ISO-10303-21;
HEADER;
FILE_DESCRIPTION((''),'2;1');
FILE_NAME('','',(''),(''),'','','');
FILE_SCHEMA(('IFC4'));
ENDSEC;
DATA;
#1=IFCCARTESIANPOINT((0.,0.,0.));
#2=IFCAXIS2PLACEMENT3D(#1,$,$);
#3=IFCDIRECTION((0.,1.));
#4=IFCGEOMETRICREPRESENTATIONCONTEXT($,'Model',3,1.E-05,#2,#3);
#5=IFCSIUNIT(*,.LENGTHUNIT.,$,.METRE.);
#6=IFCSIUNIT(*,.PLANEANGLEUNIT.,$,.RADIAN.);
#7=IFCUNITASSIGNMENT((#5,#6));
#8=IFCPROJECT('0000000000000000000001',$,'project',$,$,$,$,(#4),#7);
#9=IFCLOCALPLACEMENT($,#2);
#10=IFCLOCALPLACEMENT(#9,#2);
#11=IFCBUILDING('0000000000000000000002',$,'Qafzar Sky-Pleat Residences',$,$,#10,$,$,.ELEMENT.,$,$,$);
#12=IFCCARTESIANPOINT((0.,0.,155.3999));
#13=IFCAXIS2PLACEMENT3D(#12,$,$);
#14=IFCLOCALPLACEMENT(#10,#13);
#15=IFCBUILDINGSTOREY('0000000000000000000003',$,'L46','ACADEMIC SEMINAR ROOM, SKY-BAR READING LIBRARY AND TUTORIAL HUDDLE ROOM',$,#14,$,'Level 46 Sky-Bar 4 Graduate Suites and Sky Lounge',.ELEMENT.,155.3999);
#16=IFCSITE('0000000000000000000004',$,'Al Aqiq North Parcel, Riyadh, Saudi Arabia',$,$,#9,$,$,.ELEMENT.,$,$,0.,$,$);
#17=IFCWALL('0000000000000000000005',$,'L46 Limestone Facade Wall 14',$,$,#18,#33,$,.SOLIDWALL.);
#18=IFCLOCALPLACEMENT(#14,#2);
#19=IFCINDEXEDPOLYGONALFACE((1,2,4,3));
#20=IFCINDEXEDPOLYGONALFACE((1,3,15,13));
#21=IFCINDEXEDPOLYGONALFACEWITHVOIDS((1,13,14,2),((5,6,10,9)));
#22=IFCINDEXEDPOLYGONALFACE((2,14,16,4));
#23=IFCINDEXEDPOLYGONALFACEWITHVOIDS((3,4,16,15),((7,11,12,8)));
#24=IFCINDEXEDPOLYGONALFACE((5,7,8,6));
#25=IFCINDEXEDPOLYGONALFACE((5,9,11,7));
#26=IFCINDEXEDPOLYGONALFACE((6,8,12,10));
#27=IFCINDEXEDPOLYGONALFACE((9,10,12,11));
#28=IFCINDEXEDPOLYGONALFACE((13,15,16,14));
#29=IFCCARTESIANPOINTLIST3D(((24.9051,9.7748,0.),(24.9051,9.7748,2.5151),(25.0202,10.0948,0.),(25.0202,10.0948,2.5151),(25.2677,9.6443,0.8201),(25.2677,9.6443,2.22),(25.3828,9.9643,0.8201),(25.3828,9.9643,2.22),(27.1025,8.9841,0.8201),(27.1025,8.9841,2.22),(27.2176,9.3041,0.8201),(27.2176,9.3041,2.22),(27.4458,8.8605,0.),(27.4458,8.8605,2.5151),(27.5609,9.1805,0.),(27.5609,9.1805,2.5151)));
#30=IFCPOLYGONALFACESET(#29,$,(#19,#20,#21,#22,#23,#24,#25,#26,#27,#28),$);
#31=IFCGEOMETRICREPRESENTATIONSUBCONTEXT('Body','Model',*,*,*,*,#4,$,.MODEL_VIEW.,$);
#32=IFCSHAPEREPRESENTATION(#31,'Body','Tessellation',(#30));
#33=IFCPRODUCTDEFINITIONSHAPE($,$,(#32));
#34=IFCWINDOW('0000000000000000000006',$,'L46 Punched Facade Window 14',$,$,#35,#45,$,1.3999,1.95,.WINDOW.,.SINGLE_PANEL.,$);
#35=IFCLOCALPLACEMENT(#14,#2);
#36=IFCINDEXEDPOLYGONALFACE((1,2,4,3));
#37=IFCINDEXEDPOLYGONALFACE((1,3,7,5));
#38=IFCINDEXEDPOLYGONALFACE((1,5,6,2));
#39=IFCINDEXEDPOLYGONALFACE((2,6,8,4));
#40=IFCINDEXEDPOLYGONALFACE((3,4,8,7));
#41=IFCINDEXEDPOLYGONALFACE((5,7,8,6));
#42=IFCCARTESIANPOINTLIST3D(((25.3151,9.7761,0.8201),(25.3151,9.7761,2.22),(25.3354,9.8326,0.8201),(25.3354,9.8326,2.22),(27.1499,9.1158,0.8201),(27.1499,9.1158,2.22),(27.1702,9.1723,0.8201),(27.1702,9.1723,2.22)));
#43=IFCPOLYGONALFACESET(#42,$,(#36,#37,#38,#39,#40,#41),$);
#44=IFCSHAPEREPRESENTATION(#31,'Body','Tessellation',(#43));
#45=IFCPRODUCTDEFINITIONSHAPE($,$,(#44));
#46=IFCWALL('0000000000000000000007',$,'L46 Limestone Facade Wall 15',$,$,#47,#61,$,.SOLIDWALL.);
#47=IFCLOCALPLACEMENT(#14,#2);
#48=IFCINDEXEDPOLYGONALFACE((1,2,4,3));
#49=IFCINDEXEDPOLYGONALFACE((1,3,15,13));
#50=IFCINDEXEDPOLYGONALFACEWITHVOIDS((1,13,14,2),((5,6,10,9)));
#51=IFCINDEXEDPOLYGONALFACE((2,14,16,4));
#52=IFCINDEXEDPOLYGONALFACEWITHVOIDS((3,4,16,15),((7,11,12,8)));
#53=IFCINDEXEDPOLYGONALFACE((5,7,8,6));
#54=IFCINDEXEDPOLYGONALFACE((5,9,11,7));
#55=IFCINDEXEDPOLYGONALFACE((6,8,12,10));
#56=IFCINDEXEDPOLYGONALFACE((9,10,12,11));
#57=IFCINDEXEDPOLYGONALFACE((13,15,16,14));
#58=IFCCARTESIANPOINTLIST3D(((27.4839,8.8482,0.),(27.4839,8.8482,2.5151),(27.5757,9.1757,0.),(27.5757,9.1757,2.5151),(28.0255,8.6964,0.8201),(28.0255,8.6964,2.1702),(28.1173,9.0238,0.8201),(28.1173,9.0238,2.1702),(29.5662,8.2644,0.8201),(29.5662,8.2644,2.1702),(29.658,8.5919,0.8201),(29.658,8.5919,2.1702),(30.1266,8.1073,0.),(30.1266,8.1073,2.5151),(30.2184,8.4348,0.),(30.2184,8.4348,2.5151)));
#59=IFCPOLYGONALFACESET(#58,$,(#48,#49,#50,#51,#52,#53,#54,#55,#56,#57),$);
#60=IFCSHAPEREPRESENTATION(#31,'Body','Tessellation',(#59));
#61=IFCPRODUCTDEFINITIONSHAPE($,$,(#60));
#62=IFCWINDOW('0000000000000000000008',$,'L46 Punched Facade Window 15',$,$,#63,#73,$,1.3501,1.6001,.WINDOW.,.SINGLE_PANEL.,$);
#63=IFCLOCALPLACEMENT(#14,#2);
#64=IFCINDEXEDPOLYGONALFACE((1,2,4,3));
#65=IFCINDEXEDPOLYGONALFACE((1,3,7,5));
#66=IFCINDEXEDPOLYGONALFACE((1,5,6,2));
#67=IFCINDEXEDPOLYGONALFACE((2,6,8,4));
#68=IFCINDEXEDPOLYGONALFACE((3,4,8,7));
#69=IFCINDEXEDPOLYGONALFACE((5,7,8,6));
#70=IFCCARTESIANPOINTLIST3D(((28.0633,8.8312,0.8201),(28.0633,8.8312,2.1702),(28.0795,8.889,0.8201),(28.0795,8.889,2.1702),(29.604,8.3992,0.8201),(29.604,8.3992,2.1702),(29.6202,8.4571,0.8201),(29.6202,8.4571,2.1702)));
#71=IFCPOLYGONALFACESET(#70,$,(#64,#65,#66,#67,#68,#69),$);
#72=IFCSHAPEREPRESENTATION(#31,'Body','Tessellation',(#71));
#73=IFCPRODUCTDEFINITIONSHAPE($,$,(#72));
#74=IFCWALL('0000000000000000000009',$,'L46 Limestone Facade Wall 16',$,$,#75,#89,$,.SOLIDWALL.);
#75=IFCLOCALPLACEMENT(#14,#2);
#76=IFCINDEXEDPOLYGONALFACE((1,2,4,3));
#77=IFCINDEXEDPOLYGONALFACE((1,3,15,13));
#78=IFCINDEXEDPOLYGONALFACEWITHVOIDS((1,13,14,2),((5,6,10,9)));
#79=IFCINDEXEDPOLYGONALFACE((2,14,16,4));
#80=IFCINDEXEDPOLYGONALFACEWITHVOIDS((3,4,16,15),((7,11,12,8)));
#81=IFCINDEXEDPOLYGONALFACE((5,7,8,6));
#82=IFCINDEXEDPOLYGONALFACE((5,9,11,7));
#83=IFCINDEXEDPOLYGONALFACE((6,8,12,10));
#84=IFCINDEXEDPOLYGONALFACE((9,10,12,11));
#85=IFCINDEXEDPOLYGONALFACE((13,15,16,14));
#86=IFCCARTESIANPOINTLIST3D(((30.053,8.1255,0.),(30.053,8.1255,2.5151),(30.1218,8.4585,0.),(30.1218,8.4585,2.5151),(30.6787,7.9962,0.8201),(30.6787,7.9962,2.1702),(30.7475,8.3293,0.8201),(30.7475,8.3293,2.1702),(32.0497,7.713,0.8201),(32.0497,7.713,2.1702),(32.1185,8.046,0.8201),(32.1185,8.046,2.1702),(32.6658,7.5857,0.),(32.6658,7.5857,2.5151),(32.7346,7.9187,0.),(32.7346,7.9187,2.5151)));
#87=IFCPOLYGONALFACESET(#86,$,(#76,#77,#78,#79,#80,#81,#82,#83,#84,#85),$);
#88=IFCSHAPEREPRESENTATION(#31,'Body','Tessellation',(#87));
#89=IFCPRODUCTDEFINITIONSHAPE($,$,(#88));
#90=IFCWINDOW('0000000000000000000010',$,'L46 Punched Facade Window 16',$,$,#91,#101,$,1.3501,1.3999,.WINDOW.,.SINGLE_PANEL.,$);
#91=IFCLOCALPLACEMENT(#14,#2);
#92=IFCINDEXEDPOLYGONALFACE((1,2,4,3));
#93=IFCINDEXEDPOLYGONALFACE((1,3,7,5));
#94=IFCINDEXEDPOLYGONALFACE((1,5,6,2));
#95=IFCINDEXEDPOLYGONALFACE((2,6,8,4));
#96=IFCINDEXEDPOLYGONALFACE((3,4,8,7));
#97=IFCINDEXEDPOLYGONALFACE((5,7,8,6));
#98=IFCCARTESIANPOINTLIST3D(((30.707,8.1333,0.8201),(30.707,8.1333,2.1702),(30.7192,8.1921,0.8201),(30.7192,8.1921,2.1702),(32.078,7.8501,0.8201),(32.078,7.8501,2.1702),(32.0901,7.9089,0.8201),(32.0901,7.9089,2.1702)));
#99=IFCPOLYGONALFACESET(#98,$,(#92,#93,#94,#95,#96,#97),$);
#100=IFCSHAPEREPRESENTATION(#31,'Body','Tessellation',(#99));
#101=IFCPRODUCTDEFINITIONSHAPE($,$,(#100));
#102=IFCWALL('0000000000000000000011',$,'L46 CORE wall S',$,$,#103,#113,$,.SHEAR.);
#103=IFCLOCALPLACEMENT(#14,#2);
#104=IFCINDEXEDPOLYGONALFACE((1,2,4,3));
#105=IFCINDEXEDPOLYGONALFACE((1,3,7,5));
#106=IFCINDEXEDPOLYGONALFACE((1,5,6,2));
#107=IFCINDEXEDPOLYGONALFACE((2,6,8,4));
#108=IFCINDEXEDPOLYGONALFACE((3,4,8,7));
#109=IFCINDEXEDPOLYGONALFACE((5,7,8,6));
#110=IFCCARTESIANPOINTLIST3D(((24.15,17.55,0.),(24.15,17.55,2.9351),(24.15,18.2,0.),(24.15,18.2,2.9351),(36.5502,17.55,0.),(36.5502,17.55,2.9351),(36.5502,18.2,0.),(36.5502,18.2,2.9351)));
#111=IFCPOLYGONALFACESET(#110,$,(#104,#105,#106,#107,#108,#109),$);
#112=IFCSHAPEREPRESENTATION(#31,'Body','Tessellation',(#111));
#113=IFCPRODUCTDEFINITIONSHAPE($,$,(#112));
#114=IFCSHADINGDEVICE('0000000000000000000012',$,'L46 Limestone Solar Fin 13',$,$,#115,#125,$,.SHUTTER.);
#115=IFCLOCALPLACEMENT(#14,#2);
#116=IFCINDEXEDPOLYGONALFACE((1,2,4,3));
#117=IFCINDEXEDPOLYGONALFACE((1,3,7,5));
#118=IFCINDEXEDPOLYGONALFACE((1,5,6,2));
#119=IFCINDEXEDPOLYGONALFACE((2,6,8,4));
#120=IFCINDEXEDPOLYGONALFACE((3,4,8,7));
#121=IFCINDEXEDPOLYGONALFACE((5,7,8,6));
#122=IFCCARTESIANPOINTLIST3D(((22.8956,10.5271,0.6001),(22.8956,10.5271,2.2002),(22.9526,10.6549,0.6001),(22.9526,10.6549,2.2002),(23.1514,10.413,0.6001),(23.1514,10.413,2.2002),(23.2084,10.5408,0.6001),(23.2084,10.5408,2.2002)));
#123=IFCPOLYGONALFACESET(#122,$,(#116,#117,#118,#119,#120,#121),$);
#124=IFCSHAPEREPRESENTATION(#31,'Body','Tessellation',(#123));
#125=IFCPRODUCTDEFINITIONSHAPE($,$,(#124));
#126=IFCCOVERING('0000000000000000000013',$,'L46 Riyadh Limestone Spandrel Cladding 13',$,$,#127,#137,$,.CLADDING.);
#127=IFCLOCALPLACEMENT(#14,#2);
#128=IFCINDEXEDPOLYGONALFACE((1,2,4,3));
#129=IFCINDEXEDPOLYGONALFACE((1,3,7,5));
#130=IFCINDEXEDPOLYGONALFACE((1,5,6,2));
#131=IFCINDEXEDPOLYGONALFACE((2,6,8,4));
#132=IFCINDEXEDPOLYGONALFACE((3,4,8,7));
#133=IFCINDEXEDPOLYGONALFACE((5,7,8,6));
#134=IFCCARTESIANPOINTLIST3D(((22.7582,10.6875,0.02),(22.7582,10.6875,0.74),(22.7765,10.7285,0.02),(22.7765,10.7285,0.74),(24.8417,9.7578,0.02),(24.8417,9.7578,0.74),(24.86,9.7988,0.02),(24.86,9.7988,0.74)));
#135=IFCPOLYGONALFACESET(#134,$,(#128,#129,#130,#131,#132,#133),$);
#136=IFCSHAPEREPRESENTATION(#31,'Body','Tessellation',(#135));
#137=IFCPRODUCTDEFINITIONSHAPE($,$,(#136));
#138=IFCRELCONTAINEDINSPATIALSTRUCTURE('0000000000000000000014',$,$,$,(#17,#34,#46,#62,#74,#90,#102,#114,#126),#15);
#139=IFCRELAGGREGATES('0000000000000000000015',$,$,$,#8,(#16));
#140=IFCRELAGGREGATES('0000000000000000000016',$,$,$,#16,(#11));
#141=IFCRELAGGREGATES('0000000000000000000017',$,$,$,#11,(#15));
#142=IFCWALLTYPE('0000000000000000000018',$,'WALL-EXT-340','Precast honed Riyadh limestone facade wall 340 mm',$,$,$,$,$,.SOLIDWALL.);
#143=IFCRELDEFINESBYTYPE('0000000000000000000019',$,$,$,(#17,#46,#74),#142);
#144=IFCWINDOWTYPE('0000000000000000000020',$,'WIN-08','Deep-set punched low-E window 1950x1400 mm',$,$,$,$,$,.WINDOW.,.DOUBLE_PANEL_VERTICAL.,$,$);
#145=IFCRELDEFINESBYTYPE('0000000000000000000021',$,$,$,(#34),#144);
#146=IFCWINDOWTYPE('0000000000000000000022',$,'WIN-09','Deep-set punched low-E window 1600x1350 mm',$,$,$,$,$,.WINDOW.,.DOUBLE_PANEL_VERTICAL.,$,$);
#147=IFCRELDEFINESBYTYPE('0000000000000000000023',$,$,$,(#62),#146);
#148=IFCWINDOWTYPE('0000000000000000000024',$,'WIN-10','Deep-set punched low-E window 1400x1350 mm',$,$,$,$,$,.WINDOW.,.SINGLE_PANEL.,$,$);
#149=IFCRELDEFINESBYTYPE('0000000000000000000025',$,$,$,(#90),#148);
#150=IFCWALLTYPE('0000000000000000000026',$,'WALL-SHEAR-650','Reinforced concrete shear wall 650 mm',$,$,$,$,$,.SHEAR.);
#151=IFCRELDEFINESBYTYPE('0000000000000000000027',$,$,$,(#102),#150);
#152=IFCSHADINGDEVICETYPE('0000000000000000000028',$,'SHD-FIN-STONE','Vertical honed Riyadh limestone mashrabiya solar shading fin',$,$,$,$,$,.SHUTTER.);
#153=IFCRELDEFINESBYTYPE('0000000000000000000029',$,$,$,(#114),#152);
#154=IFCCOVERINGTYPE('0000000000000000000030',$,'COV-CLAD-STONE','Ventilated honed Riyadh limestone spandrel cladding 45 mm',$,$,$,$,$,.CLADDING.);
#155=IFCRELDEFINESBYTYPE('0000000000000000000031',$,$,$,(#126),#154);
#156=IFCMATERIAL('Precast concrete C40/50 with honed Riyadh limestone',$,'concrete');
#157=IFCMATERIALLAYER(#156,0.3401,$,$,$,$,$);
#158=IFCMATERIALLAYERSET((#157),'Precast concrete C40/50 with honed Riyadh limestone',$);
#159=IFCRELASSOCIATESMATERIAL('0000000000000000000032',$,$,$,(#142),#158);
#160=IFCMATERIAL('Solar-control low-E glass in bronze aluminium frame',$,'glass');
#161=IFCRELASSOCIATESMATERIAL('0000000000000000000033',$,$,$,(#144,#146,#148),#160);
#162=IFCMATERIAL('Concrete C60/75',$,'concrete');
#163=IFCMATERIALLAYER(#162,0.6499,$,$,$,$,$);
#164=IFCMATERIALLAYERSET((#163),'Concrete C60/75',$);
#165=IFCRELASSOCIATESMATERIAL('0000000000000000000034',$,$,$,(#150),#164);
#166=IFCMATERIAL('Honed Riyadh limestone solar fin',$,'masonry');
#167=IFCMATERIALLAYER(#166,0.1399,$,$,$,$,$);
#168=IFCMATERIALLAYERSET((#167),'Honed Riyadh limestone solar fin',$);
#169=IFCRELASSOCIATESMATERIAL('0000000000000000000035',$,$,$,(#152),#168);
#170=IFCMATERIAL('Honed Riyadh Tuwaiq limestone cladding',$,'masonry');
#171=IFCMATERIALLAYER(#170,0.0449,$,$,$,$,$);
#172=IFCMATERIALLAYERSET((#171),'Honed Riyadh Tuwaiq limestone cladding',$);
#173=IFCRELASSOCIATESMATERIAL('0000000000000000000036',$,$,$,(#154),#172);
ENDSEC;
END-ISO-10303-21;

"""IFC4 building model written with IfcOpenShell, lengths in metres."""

from ifc_helpers import new_model, si_unit, direction, frame, frame_2d, origin, origin_2d, place, context, subcontext, project, spatial, rectangle, extrude, source, transform, mapped, material, layer, layer_set, type_object, element, fill, save


model = new_model("IFC4")

# Units and contexts
model_context = context("Model", 3, precision=1e-05, world=origin(), true_north=direction((0.0, 1.0)))
body_context = subcontext(model_context, "Body", "Model", "MODEL_VIEW")
ifc_project = project(units=[si_unit("LENGTHUNIT", "METRE"), si_unit("PLANEANGLEUNIT", "RADIAN")], contexts=[model_context])

# Site, building, storey
site_placement = place(None, origin())
site = spatial("IfcSite", under=ifc_project, at=site_placement, Name="Al Aqiq North Parcel, Riyadh, Saudi Arabia", CompositionType="ELEMENT", RefElevation=0.0)
building_placement = place(site_placement, origin())
building = spatial("IfcBuilding", under=site, at=building_placement, Name="Qafzar Sky-Pleat Residences", CompositionType="ELEMENT")
storey_placement = place(building_placement, frame((0.0, 0.0, 155.3999)))
storey = spatial("IfcBuildingStorey", under=building, at=storey_placement, Name="L46", Description="ACADEMIC SEMINAR ROOM, SKY-BAR READING LIBRARY AND TUTORIAL HUDDLE ROOM", LongName="Level 46 Sky-Bar 4 Graduate Suites and Sky Lounge", CompositionType="ELEMENT", Elevation=155.3999)

# Shared definitions
ifc_material_1 = material(Name="Concrete C60/75", Category="concrete")

# Walls, openings, windows
ifc_material_2 = material(Name="Precast concrete C40/50 with honed Riyadh limestone", Category="concrete")
ifc_layer_1 = layer(ifc_material_2, 0.3401)
ifc_layer_set_1 = layer_set([ifc_layer_1], Name="Precast concrete C40/50 with honed Riyadh limestone")
wall_type_1 = type_object("IfcWallType", Name="WALL-EXT-340", Description="Precast honed Riyadh limestone facade wall 340 mm", PredefinedType="SOLIDWALL", material=ifc_layer_set_1)
ifc_material_3 = material(Name="Solar-control low-E glass in bronze aluminium frame", Category="glass")
wall_1_placement = place(storey_placement, frame((24.9626, 9.9348, 0.0), z_axis=(0.0, 0.0, 1.0), x_axis=(0.940931, -0.338598, 0.0)))
wall_1 = element("IfcWall", 1, at=wall_1_placement, inside=storey, type_object=wall_type_1, Name="L46 Limestone Facade Wall 14", PredefinedType="SOLIDWALL", context=body_context, shape_type="SweptSolid", body=[
    extrude(rectangle(XDim=2.7002, YDim=0.3401, at=frame_2d((1.3501, 0.0))), origin(), (0.0, 0.0, 1.0), 2.5151),
])
opening_1_placement = place(wall_1_placement, frame((0.3853, 0.0, 0.8201)))
opening_1 = element("IfcOpeningElement", 2, at=opening_1_placement, cuts=wall_1, PredefinedType="OPENING", context=body_context, shape_type="SweptSolid", body=[
    extrude(rectangle(XDim=1.95, YDim=1.3999, at=frame_2d((0.9751, 0.7))), frame((0.0, 0.1802, 0.0), z_axis=(0.0, -1.0, 0.0), x_axis=(1.0, 0.0, 0.0)), (0.0, 0.0, 1.0), 0.3601),
])
window_type_1 = type_object("IfcWindowType", Name="WIN-08", Description="Deep-set punched low-E window 1950x1400 mm", PartitioningType="DOUBLE_PANEL_VERTICAL", PredefinedType="WINDOW", material=ifc_material_3)
shared_shape_1 = source(origin(), body_context, "Body", "SweptSolid", [
    extrude(rectangle(XDim=1.95, YDim=1.3999, at=frame_2d((0.9751, 0.7))), frame((0.0, 0.03, 0.0), z_axis=(0.0, -1.0, 0.0), x_axis=(1.0, 0.0, 0.0)), (0.0, 0.0, 1.0), 0.0601),
])
window_1_placement = place(opening_1_placement, origin())
window_1 = element("IfcWindow", 3, at=window_1_placement, inside=storey, type_object=window_type_1, Name="L46 Punched Facade Window 14", OverallHeight=1.3999, OverallWidth=1.95, PartitioningType="SINGLE_PANEL", PredefinedType="WINDOW", context=body_context, shape_type="MappedRepresentation", body=[
    mapped(shared_shape_1, transform((0.0, 0.0, 0.0), x_axis=(1.0, 0.0, 0.0), y_axis=(0.0, 1.0, 0.0), z_axis=(0.0, 0.0, 1.0), scale=1.0)),
])
fill(opening_1, window_1)
wall_2_placement = place(storey_placement, frame((27.5298, 9.012, 0.0), z_axis=(0.0, 0.0, 1.0), x_axis=(0.962872, -0.26996, 0.0)))
wall_2 = element("IfcWall", 4, at=wall_2_placement, inside=storey, type_object=wall_type_1, Name="L46 Limestone Facade Wall 15", PredefinedType="SOLIDWALL", context=body_context, shape_type="SweptSolid", body=[
    extrude(rectangle(XDim=2.7446, YDim=0.3401, at=frame_2d((1.3723, 0.0))), origin(), (0.0, 0.0, 1.0), 2.5151),
])
opening_2_placement = place(wall_2_placement, frame((0.5625, 0.0, 0.8201)))
opening_2 = element("IfcOpeningElement", 5, at=opening_2_placement, cuts=wall_2, PredefinedType="OPENING", context=body_context, shape_type="SweptSolid", body=[
    extrude(rectangle(XDim=1.6001, YDim=1.3501, at=frame_2d((0.8, 0.675))), frame((0.0, 0.1802, 0.0), z_axis=(0.0, -1.0, 0.0), x_axis=(1.0, 0.0, 0.0)), (0.0, 0.0, 1.0), 0.3601),
])
window_type_2 = type_object("IfcWindowType", Name="WIN-09", Description="Deep-set punched low-E window 1600x1350 mm", PartitioningType="DOUBLE_PANEL_VERTICAL", PredefinedType="WINDOW", material=ifc_material_3)
shared_shape_2 = source(origin(), body_context, "Body", "SweptSolid", [
    extrude(rectangle(XDim=1.6001, YDim=1.3501, at=frame_2d((0.8, 0.675))), frame((0.0, 0.03, 0.0), z_axis=(0.0, -1.0, 0.0), x_axis=(1.0, 0.0, 0.0)), (0.0, 0.0, 1.0), 0.0601),
])
window_2_placement = place(opening_2_placement, origin())
window_2 = element("IfcWindow", 6, at=window_2_placement, inside=storey, type_object=window_type_2, Name="L46 Punched Facade Window 15", OverallHeight=1.3501, OverallWidth=1.6001, PartitioningType="SINGLE_PANEL", PredefinedType="WINDOW", context=body_context, shape_type="MappedRepresentation", body=[
    mapped(shared_shape_2, transform((0.0, 0.0, 0.0), x_axis=(1.0, 0.0, 0.0), y_axis=(0.0, 1.0, 0.0), z_axis=(0.0, 0.0, 1.0), scale=1.0)),
])
fill(opening_2, window_2)
wall_3_placement = place(storey_placement, frame((30.0874, 8.292, 0.0), z_axis=(0.0, 0.0, 1.0), x_axis=(0.979319, -0.202324, 0.0)))
wall_3 = element("IfcWall", 7, at=wall_3_placement, inside=storey, type_object=wall_type_1, Name="L46 Limestone Facade Wall 16", PredefinedType="SOLIDWALL", context=body_context, shape_type="SweptSolid", body=[
    extrude(rectangle(XDim=2.668, YDim=0.3401, at=frame_2d((1.334, 0.0))), origin(), (0.0, 0.0, 1.0), 2.5151),
])
opening_3_placement = place(wall_3_placement, frame((0.6389, 0.0, 0.8201)))
opening_3 = element("IfcOpeningElement", 8, at=opening_3_placement, cuts=wall_3, PredefinedType="OPENING", context=body_context, shape_type="SweptSolid", body=[
    extrude(rectangle(XDim=1.3999, YDim=1.3501, at=frame_2d((0.7, 0.675))), frame((0.0, 0.1802, 0.0), z_axis=(0.0, -1.0, 0.0), x_axis=(1.0, 0.0, 0.0)), (0.0, 0.0, 1.0), 0.3601),
])
window_type_3 = type_object("IfcWindowType", Name="WIN-10", Description="Deep-set punched low-E window 1400x1350 mm", PartitioningType="SINGLE_PANEL", PredefinedType="WINDOW", material=ifc_material_3)
shared_shape_3 = source(origin(), body_context, "Body", "SweptSolid", [
    extrude(rectangle(XDim=1.3999, YDim=1.3501, at=frame_2d((0.7, 0.675))), frame((0.0, 0.03, 0.0), z_axis=(0.0, -1.0, 0.0), x_axis=(1.0, 0.0, 0.0)), (0.0, 0.0, 1.0), 0.0601),
])
window_3_placement = place(opening_3_placement, origin())
window_3 = element("IfcWindow", 9, at=window_3_placement, inside=storey, type_object=window_type_3, Name="L46 Punched Facade Window 16", OverallHeight=1.3501, OverallWidth=1.3999, PartitioningType="SINGLE_PANEL", PredefinedType="WINDOW", context=body_context, shape_type="MappedRepresentation", body=[
    mapped(shared_shape_3, transform((0.0, 0.0, 0.0), x_axis=(1.0, 0.0, 0.0), y_axis=(0.0, 1.0, 0.0), z_axis=(0.0, 0.0, 1.0), scale=1.0)),
])
fill(opening_3, window_3)

# Wall
ifc_layer_2 = layer(ifc_material_1, 0.6499)
ifc_layer_set_2 = layer_set([ifc_layer_2], Name="Concrete C60/75")
wall_type_2 = type_object("IfcWallType", Name="WALL-SHEAR-650", Description="Reinforced concrete shear wall 650 mm", PredefinedType="SHEAR", material=ifc_layer_set_2)
wall_4_placement = place(storey_placement, frame((24.1499, 17.875, 0.0), z_axis=(0.0, 0.0, 1.0), x_axis=(1.0, 0.0, 0.0)))
element("IfcWall", 10, at=wall_4_placement, inside=storey, type_object=wall_type_2, Name="L46 CORE wall S", PredefinedType="SHEAR", context=body_context, shape_type="SweptSolid", body=[
    extrude(rectangle(XDim=12.4001, YDim=0.6499, at=frame_2d((6.2002, 0.0))), origin(), (0.0, 0.0, 1.0), 2.9351),
])

# Shading device
ifc_material_4 = material(Name="Honed Riyadh limestone solar fin", Category="masonry")
ifc_layer_3 = layer(ifc_material_4, 0.1399)
ifc_layer_set_3 = layer_set([ifc_layer_3], Name="Honed Riyadh limestone solar fin")
shading_device_type = type_object("IfcShadingDeviceType", Name="SHD-FIN-STONE", Description="Vertical honed Riyadh limestone mashrabiya solar shading fin", PredefinedType="SHUTTER", material=ifc_layer_set_3)
shared_shape_4 = source(origin(), body_context, "Body", "SweptSolid", [
    extrude(rectangle(XDim=0.1399, YDim=0.28, at=origin_2d()), origin(), (0.0, 0.0, 1.0), 1.6001),
])
shading_device_placement = place(storey_placement, frame((23.052, 10.5339, 0.6001), z_axis=(0.0, 0.0, 1.0), x_axis=(-0.407523, -0.913195, 0.0)))
element("IfcShadingDevice", 11, at=shading_device_placement, inside=storey, type_object=shading_device_type, Name="L46 Limestone Solar Fin 13", PredefinedType="SHUTTER", context=body_context, shape_type="MappedRepresentation", body=[
    mapped(shared_shape_4, transform((0.0, 0.0, 0.0), x_axis=(1.0, 0.0, 0.0), y_axis=(0.0, 1.0, 0.0), z_axis=(0.0, 0.0, 1.0), scale=1.0)),
])

# Covering
ifc_material_5 = material(Name="Honed Riyadh Tuwaiq limestone cladding", Category="masonry")
ifc_layer_4 = layer(ifc_material_5, 0.0449)
ifc_layer_set_4 = layer_set([ifc_layer_4], Name="Honed Riyadh Tuwaiq limestone cladding")
covering_type = type_object("IfcCoveringType", Name="COV-CLAD-STONE", Description="Ventilated honed Riyadh limestone spandrel cladding 45 mm", PredefinedType="CLADDING", material=ifc_layer_set_4)
shared_shape_5 = source(origin(), body_context, "Body", "SweptSolid", [
    extrude(rectangle(XDim=2.2815, YDim=0.0449, at=origin_2d()), origin(), (0.0, 0.0, 1.0), 0.72),
])
covering_placement = place(storey_placement, frame((23.8091, 10.2432, 0.02), z_axis=(0.0, 0.0, 1.0), x_axis=(0.913201, -0.40751, 0.0)))
element("IfcCovering", 12, at=covering_placement, inside=storey, type_object=covering_type, Name="L46 Riyadh Limestone Spandrel Cladding 13", PredefinedType="CLADDING", context=body_context, shape_type="MappedRepresentation", body=[
    mapped(shared_shape_5, transform((0.0, 0.0, 0.0), x_axis=(1.0, 0.0, 0.0), y_axis=(0.0, 1.0, 0.0), z_axis=(0.0, 0.0, 1.0), scale=1.0)),
])

save(model, "model.ifc")
